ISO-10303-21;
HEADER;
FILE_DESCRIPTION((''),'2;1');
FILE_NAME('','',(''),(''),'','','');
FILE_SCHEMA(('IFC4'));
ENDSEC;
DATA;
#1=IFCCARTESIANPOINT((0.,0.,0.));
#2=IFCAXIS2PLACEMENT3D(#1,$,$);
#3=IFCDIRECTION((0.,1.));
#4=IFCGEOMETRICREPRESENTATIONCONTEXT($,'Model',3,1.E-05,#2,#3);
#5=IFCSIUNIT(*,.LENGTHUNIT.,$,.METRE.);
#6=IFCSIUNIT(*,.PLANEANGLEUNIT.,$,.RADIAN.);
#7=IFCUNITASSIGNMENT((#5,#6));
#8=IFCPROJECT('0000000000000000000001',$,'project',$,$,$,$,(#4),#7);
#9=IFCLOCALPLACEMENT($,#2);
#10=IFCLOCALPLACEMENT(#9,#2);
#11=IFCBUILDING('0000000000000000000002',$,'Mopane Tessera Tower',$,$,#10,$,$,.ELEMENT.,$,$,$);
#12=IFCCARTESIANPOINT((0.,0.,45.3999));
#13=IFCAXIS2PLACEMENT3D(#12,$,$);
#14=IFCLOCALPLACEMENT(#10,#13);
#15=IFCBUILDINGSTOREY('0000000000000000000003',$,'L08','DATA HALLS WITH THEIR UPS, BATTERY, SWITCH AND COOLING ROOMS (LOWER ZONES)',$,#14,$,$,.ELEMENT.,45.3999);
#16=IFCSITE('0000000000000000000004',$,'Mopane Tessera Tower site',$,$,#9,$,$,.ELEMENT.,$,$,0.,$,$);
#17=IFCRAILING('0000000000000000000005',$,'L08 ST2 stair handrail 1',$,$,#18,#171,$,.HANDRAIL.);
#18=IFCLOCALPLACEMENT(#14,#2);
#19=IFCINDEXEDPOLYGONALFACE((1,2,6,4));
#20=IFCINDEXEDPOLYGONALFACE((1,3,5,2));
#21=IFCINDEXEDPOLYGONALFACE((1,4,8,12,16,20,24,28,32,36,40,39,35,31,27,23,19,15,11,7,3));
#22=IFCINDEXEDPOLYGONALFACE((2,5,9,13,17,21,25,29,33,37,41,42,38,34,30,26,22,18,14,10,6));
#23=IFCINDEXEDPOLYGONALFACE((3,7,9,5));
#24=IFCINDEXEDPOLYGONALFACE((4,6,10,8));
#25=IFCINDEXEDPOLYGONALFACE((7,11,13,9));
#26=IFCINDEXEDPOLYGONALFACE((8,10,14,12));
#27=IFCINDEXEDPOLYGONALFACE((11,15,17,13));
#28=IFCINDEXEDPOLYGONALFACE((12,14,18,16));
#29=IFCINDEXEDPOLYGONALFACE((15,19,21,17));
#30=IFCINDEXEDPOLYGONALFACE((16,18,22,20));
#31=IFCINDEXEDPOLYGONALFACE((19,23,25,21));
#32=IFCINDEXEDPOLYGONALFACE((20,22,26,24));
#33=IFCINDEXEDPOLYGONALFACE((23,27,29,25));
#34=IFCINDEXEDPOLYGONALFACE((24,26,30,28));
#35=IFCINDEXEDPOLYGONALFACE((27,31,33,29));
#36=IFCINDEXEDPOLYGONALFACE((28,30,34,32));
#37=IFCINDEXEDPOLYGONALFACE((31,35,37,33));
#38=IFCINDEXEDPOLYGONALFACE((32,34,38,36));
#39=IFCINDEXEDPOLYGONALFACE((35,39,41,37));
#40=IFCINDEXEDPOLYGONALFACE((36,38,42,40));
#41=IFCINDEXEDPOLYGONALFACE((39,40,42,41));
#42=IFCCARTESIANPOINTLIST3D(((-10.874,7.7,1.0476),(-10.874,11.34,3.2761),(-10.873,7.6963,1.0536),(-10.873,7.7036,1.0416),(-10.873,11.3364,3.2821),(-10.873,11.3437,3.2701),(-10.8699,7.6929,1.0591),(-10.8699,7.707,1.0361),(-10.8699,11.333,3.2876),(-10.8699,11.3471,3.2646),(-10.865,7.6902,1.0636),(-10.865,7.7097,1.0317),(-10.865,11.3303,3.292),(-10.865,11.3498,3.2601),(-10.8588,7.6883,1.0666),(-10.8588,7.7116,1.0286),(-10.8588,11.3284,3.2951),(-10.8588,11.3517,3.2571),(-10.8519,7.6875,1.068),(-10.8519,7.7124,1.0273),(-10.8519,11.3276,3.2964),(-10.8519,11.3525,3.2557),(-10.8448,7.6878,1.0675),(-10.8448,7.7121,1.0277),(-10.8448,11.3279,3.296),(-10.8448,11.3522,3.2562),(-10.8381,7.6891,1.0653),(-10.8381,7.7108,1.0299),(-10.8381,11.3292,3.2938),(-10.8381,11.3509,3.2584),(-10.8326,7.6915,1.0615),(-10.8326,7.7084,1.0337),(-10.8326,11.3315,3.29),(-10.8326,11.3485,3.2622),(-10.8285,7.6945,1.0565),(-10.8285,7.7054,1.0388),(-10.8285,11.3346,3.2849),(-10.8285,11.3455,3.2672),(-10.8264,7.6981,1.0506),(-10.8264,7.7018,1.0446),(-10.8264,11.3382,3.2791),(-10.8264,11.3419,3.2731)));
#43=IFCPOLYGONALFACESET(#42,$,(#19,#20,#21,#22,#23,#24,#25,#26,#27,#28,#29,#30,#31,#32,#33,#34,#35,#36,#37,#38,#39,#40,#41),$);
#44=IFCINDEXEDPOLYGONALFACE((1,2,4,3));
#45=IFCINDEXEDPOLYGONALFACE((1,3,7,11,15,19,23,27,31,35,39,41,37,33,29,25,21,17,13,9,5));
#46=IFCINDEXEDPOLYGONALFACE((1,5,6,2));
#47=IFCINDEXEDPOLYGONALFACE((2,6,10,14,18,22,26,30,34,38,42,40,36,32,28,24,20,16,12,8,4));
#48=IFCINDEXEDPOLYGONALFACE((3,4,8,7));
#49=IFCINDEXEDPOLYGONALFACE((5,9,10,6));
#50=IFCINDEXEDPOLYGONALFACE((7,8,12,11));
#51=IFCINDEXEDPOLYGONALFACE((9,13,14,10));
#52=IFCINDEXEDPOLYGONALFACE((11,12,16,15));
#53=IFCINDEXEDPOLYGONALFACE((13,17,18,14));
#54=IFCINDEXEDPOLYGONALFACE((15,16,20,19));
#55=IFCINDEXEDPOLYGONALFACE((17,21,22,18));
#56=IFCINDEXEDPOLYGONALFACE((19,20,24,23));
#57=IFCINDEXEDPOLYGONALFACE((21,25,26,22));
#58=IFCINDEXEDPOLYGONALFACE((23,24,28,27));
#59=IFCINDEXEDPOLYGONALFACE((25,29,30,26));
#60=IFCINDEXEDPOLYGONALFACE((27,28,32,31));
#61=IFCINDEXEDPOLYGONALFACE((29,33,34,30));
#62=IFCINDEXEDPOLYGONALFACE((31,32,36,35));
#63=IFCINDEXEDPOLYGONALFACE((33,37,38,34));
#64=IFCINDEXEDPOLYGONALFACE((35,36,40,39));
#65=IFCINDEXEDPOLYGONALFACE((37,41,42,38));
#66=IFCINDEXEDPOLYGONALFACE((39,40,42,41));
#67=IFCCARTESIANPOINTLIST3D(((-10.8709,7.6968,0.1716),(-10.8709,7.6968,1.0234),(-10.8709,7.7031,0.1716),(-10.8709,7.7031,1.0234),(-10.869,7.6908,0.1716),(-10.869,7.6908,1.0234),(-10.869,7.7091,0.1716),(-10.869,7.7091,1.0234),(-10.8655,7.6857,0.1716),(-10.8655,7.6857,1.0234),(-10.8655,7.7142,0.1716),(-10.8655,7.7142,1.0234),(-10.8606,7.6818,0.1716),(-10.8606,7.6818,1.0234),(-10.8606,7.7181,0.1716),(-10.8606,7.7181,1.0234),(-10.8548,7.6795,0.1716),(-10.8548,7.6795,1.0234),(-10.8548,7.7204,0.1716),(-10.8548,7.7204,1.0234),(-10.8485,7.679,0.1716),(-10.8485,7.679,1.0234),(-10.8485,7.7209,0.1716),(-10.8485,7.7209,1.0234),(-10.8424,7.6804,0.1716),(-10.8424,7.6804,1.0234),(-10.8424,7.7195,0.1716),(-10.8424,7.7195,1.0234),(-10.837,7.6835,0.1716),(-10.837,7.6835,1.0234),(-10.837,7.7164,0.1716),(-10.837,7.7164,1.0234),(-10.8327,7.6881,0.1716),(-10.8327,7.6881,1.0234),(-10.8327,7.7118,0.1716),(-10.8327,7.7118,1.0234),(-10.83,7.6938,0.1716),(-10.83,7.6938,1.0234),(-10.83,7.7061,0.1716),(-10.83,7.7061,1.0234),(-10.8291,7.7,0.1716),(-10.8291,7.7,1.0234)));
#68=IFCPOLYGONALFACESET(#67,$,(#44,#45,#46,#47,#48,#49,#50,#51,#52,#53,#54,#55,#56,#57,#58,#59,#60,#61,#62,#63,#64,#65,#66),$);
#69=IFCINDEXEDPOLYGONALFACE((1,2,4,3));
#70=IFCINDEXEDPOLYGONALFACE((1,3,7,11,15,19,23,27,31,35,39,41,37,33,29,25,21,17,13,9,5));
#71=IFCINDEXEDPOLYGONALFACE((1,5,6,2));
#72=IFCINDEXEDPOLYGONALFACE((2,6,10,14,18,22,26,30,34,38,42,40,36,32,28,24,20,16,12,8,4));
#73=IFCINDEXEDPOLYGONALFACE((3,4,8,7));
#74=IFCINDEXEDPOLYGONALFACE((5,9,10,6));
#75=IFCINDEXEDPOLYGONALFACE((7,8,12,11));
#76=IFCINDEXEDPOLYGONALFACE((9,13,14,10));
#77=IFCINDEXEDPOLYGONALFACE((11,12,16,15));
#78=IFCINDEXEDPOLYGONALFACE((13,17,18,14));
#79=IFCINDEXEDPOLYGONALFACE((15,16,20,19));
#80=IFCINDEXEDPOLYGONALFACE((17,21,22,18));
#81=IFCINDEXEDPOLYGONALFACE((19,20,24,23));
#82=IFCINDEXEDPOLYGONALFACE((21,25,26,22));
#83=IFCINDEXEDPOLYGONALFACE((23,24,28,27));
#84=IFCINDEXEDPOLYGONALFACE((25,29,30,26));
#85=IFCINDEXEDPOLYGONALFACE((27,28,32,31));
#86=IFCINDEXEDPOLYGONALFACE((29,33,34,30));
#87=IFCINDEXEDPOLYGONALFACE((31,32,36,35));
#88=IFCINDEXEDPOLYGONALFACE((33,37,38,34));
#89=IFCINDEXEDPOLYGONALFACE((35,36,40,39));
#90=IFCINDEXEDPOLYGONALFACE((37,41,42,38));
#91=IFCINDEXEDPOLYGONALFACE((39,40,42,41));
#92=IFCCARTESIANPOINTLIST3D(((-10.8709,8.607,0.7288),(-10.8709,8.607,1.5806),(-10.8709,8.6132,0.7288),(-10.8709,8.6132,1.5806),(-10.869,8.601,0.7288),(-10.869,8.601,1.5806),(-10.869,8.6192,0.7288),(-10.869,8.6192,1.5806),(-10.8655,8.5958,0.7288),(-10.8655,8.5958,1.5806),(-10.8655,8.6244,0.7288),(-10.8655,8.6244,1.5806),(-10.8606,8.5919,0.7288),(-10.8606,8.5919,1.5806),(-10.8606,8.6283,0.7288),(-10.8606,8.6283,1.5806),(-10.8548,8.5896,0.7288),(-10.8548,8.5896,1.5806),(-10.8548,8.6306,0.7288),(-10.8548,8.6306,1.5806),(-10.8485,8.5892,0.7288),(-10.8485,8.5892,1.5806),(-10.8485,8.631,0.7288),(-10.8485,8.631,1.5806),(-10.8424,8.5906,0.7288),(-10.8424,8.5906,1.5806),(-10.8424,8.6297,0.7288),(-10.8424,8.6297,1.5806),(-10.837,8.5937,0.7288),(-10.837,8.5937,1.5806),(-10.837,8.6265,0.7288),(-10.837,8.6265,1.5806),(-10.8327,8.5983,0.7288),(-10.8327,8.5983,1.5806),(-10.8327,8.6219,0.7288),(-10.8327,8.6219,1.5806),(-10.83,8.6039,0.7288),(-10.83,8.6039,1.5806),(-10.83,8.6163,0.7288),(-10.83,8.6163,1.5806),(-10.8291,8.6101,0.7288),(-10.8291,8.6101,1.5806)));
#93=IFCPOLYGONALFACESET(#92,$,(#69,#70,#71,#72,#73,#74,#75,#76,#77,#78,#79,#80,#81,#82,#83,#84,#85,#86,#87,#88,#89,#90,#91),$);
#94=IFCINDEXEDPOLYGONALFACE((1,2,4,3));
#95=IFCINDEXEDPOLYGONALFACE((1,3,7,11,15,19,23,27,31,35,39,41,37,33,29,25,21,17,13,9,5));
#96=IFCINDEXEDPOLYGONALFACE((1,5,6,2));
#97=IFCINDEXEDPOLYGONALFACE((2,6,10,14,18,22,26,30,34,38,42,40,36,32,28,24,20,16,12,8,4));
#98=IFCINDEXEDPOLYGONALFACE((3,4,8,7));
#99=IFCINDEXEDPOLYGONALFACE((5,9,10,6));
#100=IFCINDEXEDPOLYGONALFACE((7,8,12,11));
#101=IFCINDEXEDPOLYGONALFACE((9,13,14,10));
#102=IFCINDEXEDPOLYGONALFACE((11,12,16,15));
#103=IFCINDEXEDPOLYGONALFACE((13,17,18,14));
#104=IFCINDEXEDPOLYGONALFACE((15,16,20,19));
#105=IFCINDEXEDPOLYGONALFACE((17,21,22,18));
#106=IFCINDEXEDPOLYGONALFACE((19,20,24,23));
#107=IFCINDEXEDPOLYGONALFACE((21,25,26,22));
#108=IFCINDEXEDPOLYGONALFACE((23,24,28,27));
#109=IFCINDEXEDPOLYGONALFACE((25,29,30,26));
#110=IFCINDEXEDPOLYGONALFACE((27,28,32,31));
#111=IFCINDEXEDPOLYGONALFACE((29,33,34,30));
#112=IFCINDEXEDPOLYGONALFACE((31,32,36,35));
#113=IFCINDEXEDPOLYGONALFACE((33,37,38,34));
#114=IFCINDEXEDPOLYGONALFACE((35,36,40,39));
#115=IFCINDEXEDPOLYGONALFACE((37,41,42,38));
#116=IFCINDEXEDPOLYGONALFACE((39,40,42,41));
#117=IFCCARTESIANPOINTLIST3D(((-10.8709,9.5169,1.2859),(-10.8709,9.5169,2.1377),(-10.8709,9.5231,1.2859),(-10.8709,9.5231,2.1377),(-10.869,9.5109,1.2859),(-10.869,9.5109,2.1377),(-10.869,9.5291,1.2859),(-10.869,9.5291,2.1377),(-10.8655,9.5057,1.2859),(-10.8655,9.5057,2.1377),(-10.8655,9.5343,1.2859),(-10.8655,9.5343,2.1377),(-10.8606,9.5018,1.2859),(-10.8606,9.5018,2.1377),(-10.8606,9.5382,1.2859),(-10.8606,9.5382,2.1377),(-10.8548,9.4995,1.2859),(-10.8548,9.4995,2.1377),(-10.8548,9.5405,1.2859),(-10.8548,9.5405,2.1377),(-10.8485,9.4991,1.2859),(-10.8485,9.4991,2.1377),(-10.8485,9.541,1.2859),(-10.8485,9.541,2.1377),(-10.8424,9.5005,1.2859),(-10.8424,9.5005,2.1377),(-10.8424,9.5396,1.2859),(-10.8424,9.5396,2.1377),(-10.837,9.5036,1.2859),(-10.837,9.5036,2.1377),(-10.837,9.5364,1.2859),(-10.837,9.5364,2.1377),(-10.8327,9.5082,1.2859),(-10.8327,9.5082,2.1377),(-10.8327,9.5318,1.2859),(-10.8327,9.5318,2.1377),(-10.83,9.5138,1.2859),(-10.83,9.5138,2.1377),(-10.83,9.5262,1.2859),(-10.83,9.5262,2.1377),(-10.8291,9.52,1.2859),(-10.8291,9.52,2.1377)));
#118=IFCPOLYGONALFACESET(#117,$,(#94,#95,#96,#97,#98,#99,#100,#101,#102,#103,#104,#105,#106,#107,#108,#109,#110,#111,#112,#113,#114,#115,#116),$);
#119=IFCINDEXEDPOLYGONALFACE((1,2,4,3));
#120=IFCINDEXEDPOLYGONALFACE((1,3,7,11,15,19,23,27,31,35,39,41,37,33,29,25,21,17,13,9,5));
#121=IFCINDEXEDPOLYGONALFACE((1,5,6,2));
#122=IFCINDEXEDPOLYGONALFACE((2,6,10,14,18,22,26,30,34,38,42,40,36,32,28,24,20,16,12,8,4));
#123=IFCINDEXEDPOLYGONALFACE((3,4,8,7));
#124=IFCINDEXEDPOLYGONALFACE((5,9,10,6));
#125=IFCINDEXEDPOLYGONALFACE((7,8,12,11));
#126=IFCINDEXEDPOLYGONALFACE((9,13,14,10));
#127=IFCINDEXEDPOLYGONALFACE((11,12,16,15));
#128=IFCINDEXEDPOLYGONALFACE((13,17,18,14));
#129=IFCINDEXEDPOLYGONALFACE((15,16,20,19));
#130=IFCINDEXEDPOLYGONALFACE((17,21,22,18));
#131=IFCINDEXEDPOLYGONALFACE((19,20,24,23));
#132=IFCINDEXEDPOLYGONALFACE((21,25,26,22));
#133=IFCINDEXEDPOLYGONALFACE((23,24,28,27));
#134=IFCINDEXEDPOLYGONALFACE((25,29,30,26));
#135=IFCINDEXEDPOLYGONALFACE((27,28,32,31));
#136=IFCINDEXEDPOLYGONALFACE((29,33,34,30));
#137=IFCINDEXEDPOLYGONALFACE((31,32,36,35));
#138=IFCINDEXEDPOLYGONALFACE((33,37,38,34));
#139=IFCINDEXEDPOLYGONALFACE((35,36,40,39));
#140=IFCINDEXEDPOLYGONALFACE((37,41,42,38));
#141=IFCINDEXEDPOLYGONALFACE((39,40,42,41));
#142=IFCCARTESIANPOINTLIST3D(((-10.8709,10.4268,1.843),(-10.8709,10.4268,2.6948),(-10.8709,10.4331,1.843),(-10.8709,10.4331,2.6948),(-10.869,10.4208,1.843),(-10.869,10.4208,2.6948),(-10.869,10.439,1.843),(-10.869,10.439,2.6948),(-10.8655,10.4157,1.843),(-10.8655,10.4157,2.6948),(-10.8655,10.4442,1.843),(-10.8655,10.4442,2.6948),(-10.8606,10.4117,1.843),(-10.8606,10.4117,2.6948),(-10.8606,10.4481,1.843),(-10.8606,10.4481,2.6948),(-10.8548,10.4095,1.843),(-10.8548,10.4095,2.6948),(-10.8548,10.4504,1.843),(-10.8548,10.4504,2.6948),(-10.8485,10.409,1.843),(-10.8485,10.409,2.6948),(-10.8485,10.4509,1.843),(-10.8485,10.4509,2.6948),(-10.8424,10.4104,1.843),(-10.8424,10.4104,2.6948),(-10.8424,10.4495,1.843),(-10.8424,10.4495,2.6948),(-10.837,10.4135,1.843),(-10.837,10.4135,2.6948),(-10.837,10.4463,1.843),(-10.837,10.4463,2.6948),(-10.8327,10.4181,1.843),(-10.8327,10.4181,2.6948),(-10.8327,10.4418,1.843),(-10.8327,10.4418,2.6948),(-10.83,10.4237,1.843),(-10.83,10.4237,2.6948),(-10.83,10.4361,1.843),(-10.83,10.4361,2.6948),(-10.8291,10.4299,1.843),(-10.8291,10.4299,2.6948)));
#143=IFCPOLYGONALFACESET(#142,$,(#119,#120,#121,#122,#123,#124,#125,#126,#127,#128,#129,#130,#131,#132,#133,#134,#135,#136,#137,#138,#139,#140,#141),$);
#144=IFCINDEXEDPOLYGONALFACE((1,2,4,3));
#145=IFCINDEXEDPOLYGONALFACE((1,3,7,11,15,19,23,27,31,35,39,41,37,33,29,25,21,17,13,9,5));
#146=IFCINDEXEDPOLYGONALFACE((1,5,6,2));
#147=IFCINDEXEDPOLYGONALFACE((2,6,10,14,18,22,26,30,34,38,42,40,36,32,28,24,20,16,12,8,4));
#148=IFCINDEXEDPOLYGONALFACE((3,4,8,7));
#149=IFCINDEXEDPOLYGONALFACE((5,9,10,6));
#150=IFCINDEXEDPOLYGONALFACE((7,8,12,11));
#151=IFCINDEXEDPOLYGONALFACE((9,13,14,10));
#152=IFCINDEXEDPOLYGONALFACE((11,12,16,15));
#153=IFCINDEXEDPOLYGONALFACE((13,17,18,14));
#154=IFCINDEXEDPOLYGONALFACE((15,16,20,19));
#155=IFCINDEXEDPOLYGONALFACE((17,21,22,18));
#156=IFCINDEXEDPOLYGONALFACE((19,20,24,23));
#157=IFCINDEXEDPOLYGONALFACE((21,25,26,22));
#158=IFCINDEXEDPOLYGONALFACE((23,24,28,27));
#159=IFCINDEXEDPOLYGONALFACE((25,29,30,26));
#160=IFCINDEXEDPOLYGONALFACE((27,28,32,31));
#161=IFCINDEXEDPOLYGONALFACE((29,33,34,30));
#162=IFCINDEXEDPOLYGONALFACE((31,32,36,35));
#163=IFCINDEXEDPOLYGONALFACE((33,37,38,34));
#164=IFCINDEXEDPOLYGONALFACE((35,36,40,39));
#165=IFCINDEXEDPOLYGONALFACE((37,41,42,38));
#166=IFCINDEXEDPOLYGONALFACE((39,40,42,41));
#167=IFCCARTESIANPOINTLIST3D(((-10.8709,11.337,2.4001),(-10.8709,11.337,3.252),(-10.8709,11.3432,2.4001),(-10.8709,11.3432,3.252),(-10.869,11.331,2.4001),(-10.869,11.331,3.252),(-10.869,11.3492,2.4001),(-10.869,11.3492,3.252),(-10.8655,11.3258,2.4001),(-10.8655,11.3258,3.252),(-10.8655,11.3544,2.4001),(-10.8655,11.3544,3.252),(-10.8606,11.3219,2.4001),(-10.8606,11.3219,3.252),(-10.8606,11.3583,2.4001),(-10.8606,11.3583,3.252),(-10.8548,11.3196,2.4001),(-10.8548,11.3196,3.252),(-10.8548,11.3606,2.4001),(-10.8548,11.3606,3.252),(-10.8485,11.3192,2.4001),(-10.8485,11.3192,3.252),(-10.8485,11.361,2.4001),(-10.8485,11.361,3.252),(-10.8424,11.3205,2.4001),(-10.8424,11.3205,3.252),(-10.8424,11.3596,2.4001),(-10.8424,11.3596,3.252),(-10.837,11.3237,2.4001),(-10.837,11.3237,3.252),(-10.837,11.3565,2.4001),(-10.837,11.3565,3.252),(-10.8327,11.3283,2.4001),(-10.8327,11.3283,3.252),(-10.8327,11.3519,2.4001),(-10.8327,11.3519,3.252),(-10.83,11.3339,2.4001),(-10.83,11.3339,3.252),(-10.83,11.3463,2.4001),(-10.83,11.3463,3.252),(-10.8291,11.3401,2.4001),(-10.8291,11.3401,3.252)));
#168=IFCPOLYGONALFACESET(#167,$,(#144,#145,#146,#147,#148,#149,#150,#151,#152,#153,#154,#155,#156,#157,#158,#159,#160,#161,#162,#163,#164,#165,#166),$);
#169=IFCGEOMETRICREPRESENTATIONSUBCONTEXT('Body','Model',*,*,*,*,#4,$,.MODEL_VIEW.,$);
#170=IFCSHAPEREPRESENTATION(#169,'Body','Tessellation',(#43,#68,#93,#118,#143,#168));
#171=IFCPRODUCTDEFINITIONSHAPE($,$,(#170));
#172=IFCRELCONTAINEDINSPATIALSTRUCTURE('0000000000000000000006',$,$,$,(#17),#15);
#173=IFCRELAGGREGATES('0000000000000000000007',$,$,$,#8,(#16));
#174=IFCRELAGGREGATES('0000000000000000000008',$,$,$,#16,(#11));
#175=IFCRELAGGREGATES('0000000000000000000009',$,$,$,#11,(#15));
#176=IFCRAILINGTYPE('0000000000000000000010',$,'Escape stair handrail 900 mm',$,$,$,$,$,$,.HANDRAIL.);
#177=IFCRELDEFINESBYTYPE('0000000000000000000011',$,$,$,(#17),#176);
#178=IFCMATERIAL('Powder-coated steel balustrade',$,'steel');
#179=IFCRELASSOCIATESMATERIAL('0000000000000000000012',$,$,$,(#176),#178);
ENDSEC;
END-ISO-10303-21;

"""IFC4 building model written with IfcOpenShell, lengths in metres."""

from ifc_helpers import new_model, si_unit, direction, frame, origin, origin_2d, place, context, subcontext, project, spatial, circle, extrude, material, type_object, element, save


model = new_model("IFC4")

# Units and contexts
model_context = context("Model", 3, precision=1e-05, world=origin(), true_north=direction((0.0, 1.0)))
body_context = subcontext(model_context, "Body", "Model", "MODEL_VIEW")
ifc_project = project(units=[si_unit("LENGTHUNIT", "METRE"), si_unit("PLANEANGLEUNIT", "RADIAN")], contexts=[model_context])

# Site, building, storey
site_placement = place(None, origin())
site = spatial("IfcSite", under=ifc_project, at=site_placement, Name="Mopane Tessera Tower site", CompositionType="ELEMENT", RefElevation=0.0)
building_placement = place(site_placement, origin())
building = spatial("IfcBuilding", under=site, at=building_placement, Name="Mopane Tessera Tower", CompositionType="ELEMENT")
storey_placement = place(building_placement, frame((0.0, 0.0, 45.3999)))
storey = spatial("IfcBuildingStorey", under=building, at=storey_placement, Name="L08", Description="DATA HALLS WITH THEIR UPS, BATTERY, SWITCH AND COOLING ROOMS (LOWER ZONES)", CompositionType="ELEMENT", Elevation=45.3999)

# Railing
ifc_material_1 = material(Name="Powder-coated steel balustrade", Category="steel")
railing_type = type_object("IfcRailingType", Name="Escape stair handrail 900 mm", PredefinedType="HANDRAIL", material=ifc_material_1)
railing_placement = place(storey_placement, frame((-10.8501, 7.7, 0.1716)))
element("IfcRailing", 1, at=railing_placement, inside=storey, type_object=railing_type, Name="L08 ST2 stair handrail 1", PredefinedType="HANDRAIL", context=body_context, shape_type="SweptSolid", body=[
    extrude(circle(Radius=0.0239, at=origin_2d()), frame((0.0, 0.0, 0.876), z_axis=(0.0, 0.852866, 0.52213), x_axis=(-1.0, 0.0, 0.0)), (0.0, 0.0, 1.0), 4.2681),
    extrude(circle(Radius=0.021, at=origin_2d()), origin(), (0.0, 0.0, 1.0), 0.8518),
    extrude(circle(Radius=0.021, at=origin_2d()), frame((0.0, 0.9102, 0.5571)), (0.0, 0.0, 1.0), 0.8518),
    extrude(circle(Radius=0.021, at=origin_2d()), frame((0.0, 1.8201, 1.1143)), (0.0, 0.0, 1.0), 0.8518),
    extrude(circle(Radius=0.021, at=origin_2d()), frame((0.0, 2.73, 1.6714)), (0.0, 0.0, 1.0), 0.8518),
    extrude(circle(Radius=0.021, at=origin_2d()), frame((0.0, 3.6401, 2.2285)), (0.0, 0.0, 1.0), 0.8518),
])

save(model, "model.ifc")
